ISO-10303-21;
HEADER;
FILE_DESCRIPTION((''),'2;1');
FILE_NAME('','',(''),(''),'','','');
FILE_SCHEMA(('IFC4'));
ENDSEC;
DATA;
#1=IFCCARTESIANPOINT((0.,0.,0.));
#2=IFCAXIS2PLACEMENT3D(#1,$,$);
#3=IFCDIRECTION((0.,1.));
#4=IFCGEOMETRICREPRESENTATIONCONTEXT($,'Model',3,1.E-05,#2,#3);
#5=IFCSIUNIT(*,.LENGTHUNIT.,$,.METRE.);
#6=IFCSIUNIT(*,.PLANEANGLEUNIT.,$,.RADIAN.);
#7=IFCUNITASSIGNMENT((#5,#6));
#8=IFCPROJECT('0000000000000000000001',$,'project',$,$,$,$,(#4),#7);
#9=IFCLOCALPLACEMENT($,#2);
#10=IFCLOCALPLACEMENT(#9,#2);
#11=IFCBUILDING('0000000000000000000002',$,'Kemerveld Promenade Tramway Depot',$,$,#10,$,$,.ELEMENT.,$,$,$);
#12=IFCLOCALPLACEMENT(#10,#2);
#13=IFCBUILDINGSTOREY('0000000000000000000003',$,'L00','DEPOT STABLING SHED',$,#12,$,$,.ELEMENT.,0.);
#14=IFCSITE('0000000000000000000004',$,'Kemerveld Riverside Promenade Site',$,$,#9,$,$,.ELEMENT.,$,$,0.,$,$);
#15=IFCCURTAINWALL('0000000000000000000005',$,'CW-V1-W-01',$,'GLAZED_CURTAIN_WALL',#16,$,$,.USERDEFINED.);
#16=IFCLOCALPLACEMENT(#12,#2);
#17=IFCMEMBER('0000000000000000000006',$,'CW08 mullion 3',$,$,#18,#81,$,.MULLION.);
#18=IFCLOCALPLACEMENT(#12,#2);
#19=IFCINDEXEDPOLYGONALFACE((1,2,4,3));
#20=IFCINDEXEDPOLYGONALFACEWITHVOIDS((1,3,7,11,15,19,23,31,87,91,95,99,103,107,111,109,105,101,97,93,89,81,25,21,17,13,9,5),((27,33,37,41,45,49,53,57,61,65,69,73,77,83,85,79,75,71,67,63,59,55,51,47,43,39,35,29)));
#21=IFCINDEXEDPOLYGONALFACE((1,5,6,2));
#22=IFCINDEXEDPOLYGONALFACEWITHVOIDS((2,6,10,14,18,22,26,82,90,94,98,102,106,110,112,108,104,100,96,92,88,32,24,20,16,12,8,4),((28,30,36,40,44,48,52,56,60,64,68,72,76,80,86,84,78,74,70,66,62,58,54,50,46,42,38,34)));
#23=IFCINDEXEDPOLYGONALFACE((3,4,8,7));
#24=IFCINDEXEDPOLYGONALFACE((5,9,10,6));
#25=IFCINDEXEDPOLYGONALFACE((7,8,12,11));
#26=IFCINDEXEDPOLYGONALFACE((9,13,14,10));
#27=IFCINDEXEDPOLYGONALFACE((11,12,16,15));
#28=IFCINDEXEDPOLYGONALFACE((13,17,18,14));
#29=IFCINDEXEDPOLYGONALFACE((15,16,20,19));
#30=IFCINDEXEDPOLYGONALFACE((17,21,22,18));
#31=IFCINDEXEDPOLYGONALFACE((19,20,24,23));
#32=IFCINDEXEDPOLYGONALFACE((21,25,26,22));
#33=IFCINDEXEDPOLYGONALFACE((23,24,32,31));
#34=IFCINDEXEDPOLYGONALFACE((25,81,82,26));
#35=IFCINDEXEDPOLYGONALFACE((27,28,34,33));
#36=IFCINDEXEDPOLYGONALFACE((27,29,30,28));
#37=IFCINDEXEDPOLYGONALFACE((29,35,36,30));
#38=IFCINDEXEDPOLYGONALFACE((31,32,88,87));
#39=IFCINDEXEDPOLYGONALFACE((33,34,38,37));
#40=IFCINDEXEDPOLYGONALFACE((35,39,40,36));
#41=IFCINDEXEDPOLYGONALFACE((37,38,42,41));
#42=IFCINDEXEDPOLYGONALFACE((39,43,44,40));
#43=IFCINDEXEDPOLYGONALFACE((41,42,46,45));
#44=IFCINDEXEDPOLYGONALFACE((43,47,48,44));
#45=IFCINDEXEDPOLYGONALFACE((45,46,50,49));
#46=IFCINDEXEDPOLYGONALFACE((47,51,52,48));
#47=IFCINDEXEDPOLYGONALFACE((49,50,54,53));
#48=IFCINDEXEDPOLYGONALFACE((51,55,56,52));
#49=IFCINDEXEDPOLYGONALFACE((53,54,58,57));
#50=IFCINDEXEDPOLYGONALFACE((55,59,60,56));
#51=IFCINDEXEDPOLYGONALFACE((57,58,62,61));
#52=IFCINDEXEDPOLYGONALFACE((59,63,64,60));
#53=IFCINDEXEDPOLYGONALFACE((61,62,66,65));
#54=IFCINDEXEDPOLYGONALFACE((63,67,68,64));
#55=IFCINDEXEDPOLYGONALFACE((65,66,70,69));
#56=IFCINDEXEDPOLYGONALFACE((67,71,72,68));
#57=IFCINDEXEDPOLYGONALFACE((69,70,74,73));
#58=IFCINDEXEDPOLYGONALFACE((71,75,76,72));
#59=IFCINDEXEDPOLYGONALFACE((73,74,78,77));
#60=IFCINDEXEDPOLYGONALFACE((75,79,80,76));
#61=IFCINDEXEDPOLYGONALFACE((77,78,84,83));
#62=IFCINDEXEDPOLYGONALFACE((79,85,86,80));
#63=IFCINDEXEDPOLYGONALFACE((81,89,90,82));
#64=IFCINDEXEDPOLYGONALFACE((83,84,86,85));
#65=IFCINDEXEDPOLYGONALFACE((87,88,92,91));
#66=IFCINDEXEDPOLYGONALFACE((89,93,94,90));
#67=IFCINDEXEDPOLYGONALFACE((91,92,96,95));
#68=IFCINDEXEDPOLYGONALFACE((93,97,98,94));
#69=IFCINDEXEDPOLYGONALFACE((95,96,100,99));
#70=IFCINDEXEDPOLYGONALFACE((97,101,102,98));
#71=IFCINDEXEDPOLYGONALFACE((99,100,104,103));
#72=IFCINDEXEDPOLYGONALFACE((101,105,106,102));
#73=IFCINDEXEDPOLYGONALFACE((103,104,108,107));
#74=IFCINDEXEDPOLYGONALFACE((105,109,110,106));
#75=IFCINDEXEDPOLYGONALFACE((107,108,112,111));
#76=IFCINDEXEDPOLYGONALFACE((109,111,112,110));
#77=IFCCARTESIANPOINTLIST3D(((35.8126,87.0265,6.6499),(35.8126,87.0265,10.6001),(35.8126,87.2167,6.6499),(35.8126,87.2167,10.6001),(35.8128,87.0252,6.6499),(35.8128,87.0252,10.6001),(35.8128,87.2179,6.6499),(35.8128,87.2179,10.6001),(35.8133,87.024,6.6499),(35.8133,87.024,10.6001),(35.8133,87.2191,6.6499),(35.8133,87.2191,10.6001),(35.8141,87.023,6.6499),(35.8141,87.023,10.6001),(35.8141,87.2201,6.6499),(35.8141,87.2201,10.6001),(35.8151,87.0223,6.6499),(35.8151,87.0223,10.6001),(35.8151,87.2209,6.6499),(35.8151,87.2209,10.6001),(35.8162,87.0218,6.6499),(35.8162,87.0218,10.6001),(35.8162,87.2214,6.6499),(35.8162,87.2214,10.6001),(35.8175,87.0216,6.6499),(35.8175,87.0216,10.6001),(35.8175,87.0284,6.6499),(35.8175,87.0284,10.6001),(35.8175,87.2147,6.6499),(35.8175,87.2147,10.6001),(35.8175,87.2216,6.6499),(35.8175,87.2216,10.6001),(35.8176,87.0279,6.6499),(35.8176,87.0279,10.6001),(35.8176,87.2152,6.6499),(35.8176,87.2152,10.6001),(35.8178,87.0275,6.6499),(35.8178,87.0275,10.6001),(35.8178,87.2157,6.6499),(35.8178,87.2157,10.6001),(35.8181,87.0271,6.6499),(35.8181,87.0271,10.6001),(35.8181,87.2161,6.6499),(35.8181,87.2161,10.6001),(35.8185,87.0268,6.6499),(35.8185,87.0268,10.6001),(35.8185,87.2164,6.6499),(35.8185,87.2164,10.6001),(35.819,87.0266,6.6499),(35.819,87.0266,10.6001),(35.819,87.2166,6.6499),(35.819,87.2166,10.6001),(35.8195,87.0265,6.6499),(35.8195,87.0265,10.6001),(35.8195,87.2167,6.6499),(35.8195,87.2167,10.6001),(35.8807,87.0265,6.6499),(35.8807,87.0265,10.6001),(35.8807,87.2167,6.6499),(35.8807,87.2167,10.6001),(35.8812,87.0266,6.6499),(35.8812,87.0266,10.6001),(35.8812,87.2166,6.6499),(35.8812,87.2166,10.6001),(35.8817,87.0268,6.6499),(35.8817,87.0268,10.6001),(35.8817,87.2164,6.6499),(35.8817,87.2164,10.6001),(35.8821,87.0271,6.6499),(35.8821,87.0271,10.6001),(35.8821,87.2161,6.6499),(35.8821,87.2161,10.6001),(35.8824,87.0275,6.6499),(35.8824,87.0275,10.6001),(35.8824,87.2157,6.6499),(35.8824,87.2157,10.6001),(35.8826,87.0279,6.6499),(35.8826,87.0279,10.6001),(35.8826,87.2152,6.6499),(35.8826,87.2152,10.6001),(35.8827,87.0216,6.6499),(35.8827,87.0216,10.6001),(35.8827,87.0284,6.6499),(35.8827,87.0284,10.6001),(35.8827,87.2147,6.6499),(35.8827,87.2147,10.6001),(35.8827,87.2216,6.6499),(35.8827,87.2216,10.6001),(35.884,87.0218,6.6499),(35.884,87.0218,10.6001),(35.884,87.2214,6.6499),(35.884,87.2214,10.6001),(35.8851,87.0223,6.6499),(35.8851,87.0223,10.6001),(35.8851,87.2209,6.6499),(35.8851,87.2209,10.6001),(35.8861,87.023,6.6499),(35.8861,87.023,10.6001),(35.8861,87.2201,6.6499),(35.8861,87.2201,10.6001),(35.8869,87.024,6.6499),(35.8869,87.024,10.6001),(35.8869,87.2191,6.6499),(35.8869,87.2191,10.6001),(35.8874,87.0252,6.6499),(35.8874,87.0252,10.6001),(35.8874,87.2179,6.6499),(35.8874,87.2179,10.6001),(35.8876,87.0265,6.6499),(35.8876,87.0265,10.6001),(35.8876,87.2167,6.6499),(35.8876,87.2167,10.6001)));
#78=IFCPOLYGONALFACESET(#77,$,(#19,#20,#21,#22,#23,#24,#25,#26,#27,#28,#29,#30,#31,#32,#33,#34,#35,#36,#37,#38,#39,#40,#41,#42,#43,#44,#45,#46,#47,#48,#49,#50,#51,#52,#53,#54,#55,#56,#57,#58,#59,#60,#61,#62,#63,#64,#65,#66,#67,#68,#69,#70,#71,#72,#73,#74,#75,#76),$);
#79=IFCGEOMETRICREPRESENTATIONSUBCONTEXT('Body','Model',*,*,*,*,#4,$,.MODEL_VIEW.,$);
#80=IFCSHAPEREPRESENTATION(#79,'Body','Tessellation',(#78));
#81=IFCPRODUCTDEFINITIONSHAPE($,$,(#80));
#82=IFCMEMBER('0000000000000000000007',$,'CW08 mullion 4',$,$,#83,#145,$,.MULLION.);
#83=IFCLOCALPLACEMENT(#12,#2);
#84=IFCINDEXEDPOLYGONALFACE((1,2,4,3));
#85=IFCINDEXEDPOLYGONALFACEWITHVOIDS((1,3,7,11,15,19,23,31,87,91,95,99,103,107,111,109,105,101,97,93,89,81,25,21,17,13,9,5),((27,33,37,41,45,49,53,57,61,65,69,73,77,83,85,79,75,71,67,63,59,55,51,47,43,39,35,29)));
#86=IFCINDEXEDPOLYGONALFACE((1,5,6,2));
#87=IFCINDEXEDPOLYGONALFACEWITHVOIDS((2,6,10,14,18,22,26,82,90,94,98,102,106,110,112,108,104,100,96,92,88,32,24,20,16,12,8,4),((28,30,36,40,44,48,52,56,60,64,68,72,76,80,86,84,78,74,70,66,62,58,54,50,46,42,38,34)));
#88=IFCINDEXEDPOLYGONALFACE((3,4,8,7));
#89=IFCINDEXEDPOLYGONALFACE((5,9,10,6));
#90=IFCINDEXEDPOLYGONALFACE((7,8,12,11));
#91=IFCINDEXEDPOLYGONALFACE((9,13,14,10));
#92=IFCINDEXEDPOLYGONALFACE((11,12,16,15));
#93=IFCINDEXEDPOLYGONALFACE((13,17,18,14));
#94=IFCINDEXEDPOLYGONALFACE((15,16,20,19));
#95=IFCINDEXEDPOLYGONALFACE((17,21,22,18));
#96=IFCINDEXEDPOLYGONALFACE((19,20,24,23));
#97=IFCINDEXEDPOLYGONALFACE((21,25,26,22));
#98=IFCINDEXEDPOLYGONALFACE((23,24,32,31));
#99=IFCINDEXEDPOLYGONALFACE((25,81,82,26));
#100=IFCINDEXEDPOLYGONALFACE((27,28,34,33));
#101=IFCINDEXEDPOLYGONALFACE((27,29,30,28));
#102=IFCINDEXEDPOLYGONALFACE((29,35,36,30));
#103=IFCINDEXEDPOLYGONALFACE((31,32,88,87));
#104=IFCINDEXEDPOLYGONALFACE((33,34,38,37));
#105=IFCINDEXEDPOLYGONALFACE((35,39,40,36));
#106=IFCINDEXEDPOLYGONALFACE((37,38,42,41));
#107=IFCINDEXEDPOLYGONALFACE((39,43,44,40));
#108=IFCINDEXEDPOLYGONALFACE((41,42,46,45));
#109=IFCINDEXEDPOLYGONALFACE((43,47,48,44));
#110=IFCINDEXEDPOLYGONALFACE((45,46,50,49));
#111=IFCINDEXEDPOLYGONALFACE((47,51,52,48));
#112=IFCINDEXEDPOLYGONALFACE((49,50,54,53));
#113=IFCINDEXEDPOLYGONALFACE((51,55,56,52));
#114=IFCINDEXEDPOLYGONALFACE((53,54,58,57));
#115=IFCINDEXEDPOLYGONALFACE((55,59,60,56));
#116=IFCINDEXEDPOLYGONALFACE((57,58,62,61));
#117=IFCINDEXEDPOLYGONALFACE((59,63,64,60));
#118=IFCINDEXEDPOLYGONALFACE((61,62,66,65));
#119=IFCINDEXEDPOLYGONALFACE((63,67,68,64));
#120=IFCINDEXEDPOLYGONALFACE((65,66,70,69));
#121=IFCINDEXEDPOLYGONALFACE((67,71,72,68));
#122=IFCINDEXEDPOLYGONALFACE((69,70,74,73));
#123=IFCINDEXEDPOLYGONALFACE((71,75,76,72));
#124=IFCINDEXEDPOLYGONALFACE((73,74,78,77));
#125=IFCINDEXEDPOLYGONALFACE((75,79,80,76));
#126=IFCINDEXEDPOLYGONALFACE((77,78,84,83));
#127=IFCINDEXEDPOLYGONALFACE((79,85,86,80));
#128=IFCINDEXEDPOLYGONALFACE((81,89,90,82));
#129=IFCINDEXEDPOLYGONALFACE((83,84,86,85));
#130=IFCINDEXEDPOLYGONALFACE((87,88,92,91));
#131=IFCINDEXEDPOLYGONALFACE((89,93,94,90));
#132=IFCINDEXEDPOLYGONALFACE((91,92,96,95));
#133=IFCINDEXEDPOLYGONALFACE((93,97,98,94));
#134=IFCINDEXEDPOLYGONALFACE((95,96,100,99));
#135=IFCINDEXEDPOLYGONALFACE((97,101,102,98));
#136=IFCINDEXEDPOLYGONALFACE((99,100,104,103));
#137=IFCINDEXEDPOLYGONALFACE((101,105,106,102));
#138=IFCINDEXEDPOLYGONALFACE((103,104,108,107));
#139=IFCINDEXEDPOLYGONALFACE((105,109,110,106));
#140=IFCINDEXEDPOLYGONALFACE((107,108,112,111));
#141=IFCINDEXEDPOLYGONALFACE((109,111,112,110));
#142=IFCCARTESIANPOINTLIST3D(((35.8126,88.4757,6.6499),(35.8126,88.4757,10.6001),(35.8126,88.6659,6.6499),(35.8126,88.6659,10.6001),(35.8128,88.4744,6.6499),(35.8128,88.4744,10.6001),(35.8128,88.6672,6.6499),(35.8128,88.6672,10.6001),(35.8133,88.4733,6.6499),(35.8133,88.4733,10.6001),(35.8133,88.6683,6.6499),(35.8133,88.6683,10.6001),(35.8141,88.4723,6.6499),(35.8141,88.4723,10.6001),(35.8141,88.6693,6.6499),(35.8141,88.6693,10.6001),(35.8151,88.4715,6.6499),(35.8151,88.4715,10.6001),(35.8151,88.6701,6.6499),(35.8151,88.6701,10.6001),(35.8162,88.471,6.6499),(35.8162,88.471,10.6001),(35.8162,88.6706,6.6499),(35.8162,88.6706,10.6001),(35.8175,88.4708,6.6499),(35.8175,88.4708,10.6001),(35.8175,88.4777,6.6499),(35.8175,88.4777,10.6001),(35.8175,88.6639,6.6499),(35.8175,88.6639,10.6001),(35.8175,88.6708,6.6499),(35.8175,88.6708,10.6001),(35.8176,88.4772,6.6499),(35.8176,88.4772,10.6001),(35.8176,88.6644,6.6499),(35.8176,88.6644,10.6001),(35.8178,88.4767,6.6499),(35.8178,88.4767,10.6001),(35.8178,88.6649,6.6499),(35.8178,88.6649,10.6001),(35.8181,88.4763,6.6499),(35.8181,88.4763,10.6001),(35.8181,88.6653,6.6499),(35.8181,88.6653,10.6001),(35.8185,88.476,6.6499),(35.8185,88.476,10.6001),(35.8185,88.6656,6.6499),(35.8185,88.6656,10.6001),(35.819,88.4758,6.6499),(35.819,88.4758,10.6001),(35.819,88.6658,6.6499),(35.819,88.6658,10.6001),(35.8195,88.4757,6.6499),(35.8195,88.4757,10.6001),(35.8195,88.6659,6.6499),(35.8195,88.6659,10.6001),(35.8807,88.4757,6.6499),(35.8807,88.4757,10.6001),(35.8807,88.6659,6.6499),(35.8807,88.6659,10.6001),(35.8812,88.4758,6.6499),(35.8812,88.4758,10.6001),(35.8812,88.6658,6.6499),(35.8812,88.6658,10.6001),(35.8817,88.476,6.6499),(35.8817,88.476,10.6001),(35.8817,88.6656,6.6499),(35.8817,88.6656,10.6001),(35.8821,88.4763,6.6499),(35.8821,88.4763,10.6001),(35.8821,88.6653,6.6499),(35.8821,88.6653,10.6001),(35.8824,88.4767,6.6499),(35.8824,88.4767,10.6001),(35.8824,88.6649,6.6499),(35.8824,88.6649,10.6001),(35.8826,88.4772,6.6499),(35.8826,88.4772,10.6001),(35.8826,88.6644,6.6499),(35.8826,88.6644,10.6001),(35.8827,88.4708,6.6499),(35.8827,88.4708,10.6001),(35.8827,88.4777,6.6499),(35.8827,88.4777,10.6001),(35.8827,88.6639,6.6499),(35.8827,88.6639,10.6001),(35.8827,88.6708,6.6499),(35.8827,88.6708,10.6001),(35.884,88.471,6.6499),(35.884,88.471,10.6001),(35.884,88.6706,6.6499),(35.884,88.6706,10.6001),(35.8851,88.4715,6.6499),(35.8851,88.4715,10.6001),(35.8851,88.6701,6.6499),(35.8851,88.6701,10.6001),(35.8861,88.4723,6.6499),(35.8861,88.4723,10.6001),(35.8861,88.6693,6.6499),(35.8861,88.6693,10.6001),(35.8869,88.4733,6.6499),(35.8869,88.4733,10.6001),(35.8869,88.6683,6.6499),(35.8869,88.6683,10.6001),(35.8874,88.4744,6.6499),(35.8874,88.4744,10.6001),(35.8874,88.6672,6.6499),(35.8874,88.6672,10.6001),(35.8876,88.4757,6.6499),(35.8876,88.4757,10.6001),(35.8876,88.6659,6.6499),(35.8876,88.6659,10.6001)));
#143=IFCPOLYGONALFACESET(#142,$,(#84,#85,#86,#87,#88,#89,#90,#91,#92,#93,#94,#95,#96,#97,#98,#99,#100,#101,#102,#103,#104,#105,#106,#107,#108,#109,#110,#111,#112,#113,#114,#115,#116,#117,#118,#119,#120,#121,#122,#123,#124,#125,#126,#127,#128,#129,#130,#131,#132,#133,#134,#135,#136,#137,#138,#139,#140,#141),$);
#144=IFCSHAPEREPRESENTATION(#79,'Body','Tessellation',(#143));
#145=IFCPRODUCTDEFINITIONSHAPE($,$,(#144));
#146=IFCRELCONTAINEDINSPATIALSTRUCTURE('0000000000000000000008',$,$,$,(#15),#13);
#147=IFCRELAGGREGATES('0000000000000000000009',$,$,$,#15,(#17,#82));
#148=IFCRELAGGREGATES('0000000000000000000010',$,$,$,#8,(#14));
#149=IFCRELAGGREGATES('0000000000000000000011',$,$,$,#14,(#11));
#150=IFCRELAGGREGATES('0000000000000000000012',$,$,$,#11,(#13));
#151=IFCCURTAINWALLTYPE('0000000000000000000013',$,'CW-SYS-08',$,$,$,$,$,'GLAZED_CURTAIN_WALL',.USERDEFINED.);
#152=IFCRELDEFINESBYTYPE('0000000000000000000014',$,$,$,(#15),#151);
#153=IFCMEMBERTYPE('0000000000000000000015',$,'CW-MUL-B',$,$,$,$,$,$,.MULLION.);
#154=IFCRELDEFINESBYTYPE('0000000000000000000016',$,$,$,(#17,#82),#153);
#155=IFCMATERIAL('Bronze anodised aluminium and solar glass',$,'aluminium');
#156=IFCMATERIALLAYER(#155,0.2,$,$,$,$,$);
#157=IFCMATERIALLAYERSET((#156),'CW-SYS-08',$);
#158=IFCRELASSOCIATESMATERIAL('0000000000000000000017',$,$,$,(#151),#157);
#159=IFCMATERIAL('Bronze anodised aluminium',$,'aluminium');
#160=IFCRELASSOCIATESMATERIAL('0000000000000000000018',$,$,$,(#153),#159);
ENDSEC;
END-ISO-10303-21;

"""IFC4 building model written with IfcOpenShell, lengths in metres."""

from ifc_helpers import new_model, si_unit, direction, frame, origin, origin_2d, place, context, subcontext, project, spatial, hollow_rectangle, extrude, material, layer, layer_set, material_profile, profile_set, type_object, element, aggregate, save


model = new_model("IFC4")

# Units and contexts
model_context = context("Model", 3, precision=1e-05, world=origin(), true_north=direction((0.0, 1.0)))
body_context = subcontext(model_context, "Body", "Model", "MODEL_VIEW")
ifc_project = project(units=[si_unit("LENGTHUNIT", "METRE"), si_unit("PLANEANGLEUNIT", "RADIAN")], contexts=[model_context])

# Site, building, storey
site_placement = place(None, origin())
site = spatial("IfcSite", under=ifc_project, at=site_placement, Name="Kemerveld Riverside Promenade Site", CompositionType="ELEMENT", RefElevation=0.0)
building_placement = place(site_placement, origin())
building = spatial("IfcBuilding", under=site, at=building_placement, Name="Kemerveld Promenade Tramway Depot", CompositionType="ELEMENT")
storey_placement = place(building_placement, origin())
storey = spatial("IfcBuildingStorey", under=building, at=storey_placement, Name="L00", Description="DEPOT STABLING SHED", CompositionType="ELEMENT", Elevation=0.0)

# Curtain wall, members
ifc_material_1 = material(Name="Bronze anodised aluminium and solar glass", Category="aluminium")
ifc_layer_1 = layer(ifc_material_1, 0.2)
ifc_layer_set_1 = layer_set([ifc_layer_1], Name="CW-SYS-08")
curtain_wall_type = type_object("IfcCurtainWallType", Name="CW-SYS-08", ElementType="GLAZED_CURTAIN_WALL", PredefinedType="USERDEFINED", material=ifc_layer_set_1)
curtain_wall_placement = place(storey_placement, origin())
curtain_wall = element("IfcCurtainWall", 1, at=curtain_wall_placement, inside=storey, type_object=curtain_wall_type, Name="CW-V1-W-01", ObjectType="GLAZED_CURTAIN_WALL", PredefinedType="USERDEFINED")
ifc_material_2 = material(Name="Bronze anodised aluminium", Category="aluminium")
ifc_material_profile_1 = material_profile(ifc_material_2, hollow_rectangle(XDim=0.075, YDim=0.2, WallThickness=0.0049, InnerFilletRadius=0.002, OuterFilletRadius=0.0049, at=origin_2d()), Name="CW-MUL-200x75")
ifc_profile_set_1 = profile_set([ifc_material_profile_1], Name="Bronze anodised aluminium")
member_type_1 = type_object("IfcMemberType", Name="CW-MUL-B", PredefinedType="MULLION", material=ifc_profile_set_1)
member_1_placement = place(storey_placement, frame((35.8501, 87.1216, 6.6499), z_axis=(0.0, 0.0, 1.0), x_axis=(-1.0, 0.0, 0.0)))
member_1 = element("IfcMember", 2, at=member_1_placement, type_object=member_type_1, Name="CW08 mullion 3", PredefinedType="MULLION", context=body_context, shape_type="SweptSolid", body=[
    extrude(hollow_rectangle(XDim=0.075, YDim=0.2, WallThickness=0.0049, InnerFilletRadius=0.002, OuterFilletRadius=0.0049, at=origin_2d()), origin(), (0.0, 0.0, 1.0), 3.9502),
])
member_2_placement = place(storey_placement, frame((35.8501, 88.5708, 6.6499), z_axis=(0.0, 0.0, 1.0), x_axis=(-1.0, 0.0, 0.0)))
member_2 = element("IfcMember", 3, at=member_2_placement, type_object=member_type_1, Name="CW08 mullion 4", PredefinedType="MULLION", context=body_context, shape_type="SweptSolid", body=[
    extrude(hollow_rectangle(XDim=0.075, YDim=0.2, WallThickness=0.0049, InnerFilletRadius=0.002, OuterFilletRadius=0.0049, at=origin_2d()), origin(), (0.0, 0.0, 1.0), 3.9502),
])
aggregate(curtain_wall, [member_1, member_2])

save(model, "model.ifc")
